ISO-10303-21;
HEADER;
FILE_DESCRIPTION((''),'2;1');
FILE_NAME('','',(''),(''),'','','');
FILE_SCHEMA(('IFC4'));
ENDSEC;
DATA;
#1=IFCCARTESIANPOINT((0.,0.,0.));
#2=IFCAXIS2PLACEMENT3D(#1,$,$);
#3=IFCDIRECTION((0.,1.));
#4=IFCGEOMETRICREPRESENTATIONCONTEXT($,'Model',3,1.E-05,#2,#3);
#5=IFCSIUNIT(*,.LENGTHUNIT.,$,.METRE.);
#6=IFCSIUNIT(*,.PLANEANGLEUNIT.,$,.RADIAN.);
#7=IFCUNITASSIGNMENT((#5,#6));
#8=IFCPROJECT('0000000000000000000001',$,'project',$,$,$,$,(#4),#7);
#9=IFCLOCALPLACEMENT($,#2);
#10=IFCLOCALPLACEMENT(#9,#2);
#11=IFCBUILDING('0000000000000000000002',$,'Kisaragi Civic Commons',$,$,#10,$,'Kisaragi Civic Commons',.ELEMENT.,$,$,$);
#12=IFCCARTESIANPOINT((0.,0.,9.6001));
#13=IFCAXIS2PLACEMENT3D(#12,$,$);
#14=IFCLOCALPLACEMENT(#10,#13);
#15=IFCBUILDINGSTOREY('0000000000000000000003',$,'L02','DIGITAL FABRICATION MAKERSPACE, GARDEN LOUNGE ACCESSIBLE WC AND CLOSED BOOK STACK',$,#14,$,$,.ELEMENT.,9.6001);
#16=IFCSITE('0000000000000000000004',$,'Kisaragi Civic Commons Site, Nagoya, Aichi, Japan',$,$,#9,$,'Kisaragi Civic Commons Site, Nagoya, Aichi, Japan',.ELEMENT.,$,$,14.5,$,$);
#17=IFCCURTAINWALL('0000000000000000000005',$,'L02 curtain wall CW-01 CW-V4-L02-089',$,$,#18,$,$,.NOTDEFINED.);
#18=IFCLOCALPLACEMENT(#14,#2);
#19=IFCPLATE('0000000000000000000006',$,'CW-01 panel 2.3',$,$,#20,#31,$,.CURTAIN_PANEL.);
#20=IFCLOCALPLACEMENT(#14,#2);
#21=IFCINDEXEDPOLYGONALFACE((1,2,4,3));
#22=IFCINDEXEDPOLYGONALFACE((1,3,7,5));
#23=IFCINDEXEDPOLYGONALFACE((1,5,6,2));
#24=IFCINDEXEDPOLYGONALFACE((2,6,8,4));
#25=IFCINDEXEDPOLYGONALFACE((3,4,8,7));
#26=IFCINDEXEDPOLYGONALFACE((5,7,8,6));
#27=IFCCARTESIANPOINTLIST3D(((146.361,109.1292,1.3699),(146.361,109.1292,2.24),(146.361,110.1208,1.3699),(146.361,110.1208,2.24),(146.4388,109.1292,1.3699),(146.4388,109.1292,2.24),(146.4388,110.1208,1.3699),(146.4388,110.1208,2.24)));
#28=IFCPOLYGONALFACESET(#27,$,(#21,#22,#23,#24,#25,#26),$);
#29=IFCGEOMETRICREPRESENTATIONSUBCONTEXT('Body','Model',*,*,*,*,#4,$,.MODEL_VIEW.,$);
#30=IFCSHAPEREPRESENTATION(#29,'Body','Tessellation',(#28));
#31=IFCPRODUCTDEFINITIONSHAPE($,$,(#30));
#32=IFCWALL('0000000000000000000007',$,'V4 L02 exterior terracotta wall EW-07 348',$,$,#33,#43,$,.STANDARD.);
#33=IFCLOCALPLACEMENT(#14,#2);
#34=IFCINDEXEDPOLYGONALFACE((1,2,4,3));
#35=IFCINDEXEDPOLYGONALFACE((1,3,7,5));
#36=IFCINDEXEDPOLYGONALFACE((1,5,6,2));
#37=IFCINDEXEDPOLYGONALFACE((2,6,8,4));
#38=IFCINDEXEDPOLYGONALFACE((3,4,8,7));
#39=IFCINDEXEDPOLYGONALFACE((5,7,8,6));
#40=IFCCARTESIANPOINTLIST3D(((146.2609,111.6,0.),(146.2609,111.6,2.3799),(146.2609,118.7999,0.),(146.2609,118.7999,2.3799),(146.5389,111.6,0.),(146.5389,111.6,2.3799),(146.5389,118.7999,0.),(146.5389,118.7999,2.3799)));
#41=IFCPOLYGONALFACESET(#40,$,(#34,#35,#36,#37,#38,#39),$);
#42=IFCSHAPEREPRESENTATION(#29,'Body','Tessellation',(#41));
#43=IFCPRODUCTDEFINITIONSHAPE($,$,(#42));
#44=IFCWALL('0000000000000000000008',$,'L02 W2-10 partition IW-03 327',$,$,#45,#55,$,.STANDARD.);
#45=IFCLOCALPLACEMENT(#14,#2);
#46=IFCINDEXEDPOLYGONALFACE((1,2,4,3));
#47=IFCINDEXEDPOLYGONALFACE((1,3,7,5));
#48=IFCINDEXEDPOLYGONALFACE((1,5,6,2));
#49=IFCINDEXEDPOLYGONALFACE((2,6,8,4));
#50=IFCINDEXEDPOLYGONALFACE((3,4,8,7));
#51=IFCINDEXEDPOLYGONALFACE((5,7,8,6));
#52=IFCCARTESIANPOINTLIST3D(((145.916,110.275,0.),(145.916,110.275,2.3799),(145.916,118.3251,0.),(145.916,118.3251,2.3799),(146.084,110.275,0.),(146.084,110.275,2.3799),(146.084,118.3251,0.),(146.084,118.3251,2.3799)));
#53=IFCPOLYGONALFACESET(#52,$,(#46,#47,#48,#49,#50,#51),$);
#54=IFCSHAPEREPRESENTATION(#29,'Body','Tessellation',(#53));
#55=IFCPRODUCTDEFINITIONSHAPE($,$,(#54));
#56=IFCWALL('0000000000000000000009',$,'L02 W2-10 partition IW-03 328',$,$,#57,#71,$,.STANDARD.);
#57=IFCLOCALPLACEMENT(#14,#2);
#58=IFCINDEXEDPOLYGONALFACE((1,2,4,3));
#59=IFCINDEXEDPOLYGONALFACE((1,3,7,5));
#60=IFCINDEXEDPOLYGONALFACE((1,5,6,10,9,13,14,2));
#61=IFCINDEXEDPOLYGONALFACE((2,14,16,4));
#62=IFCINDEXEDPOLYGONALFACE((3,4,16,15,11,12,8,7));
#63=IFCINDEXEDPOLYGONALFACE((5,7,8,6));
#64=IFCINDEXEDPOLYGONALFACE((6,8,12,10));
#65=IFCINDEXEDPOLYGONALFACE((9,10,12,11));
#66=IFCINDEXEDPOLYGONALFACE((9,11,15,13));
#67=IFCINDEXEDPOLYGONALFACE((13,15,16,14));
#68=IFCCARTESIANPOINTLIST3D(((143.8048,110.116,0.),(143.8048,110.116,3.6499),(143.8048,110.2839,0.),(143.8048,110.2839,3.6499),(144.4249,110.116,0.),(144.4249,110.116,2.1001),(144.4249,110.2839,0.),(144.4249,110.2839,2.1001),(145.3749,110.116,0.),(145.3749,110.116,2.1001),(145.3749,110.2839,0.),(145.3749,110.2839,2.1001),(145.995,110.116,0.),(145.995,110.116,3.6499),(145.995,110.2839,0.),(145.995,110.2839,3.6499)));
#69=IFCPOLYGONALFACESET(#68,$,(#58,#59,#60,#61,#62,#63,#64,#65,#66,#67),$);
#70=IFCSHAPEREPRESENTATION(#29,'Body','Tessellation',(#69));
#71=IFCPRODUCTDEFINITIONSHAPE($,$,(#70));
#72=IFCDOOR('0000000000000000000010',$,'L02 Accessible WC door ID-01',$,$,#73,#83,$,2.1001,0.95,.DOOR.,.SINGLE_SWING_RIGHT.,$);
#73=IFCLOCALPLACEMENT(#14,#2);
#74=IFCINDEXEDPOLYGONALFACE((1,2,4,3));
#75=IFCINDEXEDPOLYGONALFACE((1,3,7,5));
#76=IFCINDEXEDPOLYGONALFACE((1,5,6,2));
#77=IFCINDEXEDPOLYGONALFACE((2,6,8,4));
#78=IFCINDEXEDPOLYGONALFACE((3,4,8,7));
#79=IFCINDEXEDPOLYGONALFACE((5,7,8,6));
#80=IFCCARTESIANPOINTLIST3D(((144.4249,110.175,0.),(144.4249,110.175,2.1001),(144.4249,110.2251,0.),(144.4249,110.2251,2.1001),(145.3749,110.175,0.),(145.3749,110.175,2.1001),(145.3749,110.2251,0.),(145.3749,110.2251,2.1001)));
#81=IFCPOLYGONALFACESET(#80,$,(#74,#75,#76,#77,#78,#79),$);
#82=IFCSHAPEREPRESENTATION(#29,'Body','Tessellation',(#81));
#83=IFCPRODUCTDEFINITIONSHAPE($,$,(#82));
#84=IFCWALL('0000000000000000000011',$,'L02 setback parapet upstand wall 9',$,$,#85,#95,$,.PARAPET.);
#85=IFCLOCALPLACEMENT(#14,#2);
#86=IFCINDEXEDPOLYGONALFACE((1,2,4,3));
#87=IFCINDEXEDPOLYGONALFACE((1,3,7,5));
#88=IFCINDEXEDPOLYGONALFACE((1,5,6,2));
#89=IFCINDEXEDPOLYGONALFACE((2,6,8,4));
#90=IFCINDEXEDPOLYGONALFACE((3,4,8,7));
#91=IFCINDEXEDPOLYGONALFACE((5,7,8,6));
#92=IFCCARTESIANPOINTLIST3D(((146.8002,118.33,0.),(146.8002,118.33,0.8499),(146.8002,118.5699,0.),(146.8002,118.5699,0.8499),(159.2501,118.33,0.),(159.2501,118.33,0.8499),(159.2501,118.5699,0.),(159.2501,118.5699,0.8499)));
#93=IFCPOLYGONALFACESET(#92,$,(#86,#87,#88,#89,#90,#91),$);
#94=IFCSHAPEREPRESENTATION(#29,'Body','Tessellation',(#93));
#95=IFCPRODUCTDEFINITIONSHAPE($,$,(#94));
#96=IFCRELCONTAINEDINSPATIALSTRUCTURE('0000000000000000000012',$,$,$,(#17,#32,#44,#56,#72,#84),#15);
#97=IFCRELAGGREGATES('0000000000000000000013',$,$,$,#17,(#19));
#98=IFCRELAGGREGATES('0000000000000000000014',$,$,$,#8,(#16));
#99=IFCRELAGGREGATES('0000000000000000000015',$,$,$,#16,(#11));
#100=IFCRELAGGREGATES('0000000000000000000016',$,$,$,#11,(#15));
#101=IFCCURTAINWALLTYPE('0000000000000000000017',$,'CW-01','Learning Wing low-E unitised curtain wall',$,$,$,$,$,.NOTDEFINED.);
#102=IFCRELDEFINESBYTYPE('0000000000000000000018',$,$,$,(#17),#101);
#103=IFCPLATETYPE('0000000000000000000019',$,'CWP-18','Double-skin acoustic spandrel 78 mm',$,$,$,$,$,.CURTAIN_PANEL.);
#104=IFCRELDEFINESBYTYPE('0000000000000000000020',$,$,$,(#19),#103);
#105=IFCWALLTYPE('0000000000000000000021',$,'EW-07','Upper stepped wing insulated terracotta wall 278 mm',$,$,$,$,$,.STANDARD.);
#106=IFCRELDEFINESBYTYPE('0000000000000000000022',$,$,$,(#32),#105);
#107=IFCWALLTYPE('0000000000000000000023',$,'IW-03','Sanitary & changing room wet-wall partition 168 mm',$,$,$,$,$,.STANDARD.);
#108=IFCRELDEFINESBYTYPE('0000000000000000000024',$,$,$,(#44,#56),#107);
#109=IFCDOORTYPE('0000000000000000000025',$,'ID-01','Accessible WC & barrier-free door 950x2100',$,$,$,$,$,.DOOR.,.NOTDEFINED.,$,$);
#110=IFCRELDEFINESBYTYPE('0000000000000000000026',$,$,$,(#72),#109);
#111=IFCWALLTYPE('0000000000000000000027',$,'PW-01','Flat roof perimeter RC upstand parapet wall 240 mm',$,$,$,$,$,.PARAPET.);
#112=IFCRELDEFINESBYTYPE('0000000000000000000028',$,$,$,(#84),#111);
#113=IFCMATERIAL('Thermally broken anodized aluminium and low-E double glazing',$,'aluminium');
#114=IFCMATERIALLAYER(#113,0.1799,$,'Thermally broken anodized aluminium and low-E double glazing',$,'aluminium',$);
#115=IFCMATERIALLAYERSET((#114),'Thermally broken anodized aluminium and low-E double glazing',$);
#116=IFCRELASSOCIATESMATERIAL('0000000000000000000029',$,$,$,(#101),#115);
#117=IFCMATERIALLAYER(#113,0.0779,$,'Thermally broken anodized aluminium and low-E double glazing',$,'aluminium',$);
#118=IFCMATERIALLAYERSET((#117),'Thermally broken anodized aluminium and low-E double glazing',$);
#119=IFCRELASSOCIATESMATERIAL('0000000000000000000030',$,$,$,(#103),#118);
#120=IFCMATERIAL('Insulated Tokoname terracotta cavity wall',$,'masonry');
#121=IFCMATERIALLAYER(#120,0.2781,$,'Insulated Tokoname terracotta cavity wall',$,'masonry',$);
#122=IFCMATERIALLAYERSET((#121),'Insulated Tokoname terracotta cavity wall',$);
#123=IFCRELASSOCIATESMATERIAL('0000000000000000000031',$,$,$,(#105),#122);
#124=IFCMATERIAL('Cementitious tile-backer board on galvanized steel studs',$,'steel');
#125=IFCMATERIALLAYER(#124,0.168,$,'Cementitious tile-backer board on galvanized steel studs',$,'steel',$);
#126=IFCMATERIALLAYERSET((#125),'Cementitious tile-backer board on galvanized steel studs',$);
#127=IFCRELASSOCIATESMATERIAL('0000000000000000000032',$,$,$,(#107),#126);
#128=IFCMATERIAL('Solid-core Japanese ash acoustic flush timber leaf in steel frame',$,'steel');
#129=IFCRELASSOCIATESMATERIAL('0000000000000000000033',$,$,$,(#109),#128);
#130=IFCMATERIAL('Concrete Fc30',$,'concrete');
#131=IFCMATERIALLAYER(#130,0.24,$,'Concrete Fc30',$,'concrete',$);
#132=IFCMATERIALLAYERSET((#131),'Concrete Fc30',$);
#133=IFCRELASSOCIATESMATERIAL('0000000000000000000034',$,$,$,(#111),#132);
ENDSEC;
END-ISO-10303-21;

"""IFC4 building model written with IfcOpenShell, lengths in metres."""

from ifc_helpers import new_model, si_unit, direction, frame, frame_2d, origin, origin_2d, place, context, subcontext, project, spatial, rectangle, extrude, material, layer, layer_set, type_object, element, fill, aggregate, save


model = new_model("IFC4")

# Units and contexts
model_context = context("Model", 3, precision=1e-05, world=origin(), true_north=direction((0.0, 1.0)))
body_context = subcontext(model_context, "Body", "Model", "MODEL_VIEW")
ifc_project = project(units=[si_unit("LENGTHUNIT", "METRE"), si_unit("PLANEANGLEUNIT", "RADIAN")], contexts=[model_context])

# Site, building, storey
site_placement = place(None, origin())
site = spatial("IfcSite", under=ifc_project, at=site_placement, Name="Kisaragi Civic Commons Site, Nagoya, Aichi, Japan", LongName="Kisaragi Civic Commons Site, Nagoya, Aichi, Japan", CompositionType="ELEMENT", RefElevation=14.5)
building_placement = place(site_placement, origin())
building = spatial("IfcBuilding", under=site, at=building_placement, Name="Kisaragi Civic Commons", LongName="Kisaragi Civic Commons", CompositionType="ELEMENT")
storey_placement = place(building_placement, frame((0.0, 0.0, 9.6001)))
storey = spatial("IfcBuildingStorey", under=building, at=storey_placement, Name="L02", Description="DIGITAL FABRICATION MAKERSPACE, GARDEN LOUNGE ACCESSIBLE WC AND CLOSED BOOK STACK", CompositionType="ELEMENT", Elevation=9.6001)

# Shared definitions
ifc_material_1 = material(Name="Thermally broken anodized aluminium and low-E double glazing", Category="aluminium")
ifc_layer_1 = layer(ifc_material_1, 0.1799, Name="Thermally broken anodized aluminium and low-E double glazing", Category="aluminium")
ifc_layer_set_1 = layer_set([ifc_layer_1], Name="Thermally broken anodized aluminium and low-E double glazing")
curtain_wall_type = type_object("IfcCurtainWallType", Name="CW-01", Description="Learning Wing low-E unitised curtain wall", PredefinedType="NOTDEFINED", material=ifc_layer_set_1)

# Curtain wall
curtain_wall_1_placement = place(storey_placement, origin())
curtain_wall_1 = element("IfcCurtainWall", 1, at=curtain_wall_1_placement, inside=storey, type_object=curtain_wall_type, Name="L02 curtain wall CW-01 CW-V4-L02-089", PredefinedType="NOTDEFINED")

# Shared definitions
ifc_material_2 = material(Name="Concrete Fc30", Category="concrete")

# Plate
ifc_layer_2 = layer(ifc_material_1, 0.0779, Name="Thermally broken anodized aluminium and low-E double glazing", Category="aluminium")
ifc_layer_set_2 = layer_set([ifc_layer_2], Name="Thermally broken anodized aluminium and low-E double glazing")
plate_type_1 = type_object("IfcPlateType", Name="CWP-18", Description="Double-skin acoustic spandrel 78 mm", PredefinedType="CURTAIN_PANEL", material=ifc_layer_set_2)
plate_1_placement = place(storey_placement, frame((146.3999, 109.625, 1.3699), z_axis=(0.0, 0.0, 1.0), x_axis=(0.0, -1.0, 0.0)))
plate_1 = element("IfcPlate", 2, at=plate_1_placement, type_object=plate_type_1, Name="CW-01 panel 2.3", PredefinedType="CURTAIN_PANEL", context=body_context, shape_type="SweptSolid", body=[
    extrude(rectangle(XDim=0.9917, YDim=0.0779, at=origin_2d()), origin(), (0.0, 0.0, 1.0), 0.8701),
])
aggregate(curtain_wall_1, [plate_1])

# Walls
ifc_material_3 = material(Name="Insulated Tokoname terracotta cavity wall", Category="masonry")
ifc_layer_3 = layer(ifc_material_3, 0.2781, Name="Insulated Tokoname terracotta cavity wall", Category="masonry")
ifc_layer_set_3 = layer_set([ifc_layer_3], Name="Insulated Tokoname terracotta cavity wall")
wall_type_1 = type_object("IfcWallType", Name="EW-07", Description="Upper stepped wing insulated terracotta wall 278 mm", PredefinedType="STANDARD", material=ifc_layer_set_3)
wall_1_placement = place(storey_placement, frame((146.3999, 118.8, 0.0), z_axis=(0.0, 0.0, 1.0), x_axis=(0.0, -1.0, 0.0)))
element("IfcWall", 3, at=wall_1_placement, inside=storey, type_object=wall_type_1, Name="V4 L02 exterior terracotta wall EW-07 348", PredefinedType="STANDARD", context=body_context, shape_type="SweptSolid", body=[
    extrude(rectangle(XDim=7.2, YDim=0.2781, at=frame_2d((3.6001, 0.0))), origin(), (0.0, 0.0, 1.0), 2.3799),
])
ifc_material_4 = material(Name="Cementitious tile-backer board on galvanized steel studs", Category="steel")
ifc_layer_4 = layer(ifc_material_4, 0.168, Name="Cementitious tile-backer board on galvanized steel studs", Category="steel")
ifc_layer_set_4 = layer_set([ifc_layer_4], Name="Cementitious tile-backer board on galvanized steel studs")
wall_type_2 = type_object("IfcWallType", Name="IW-03", Description="Sanitary & changing room wet-wall partition 168 mm", PredefinedType="STANDARD", material=ifc_layer_set_4)
wall_2_placement = place(storey_placement, frame((146.0, 118.325, 0.0), z_axis=(0.0, 0.0, 1.0), x_axis=(0.0, -1.0, 0.0)))
element("IfcWall", 4, at=wall_2_placement, inside=storey, type_object=wall_type_2, Name="L02 W2-10 partition IW-03 327", PredefinedType="STANDARD", context=body_context, shape_type="SweptSolid", body=[
    extrude(rectangle(XDim=8.05, YDim=0.168, at=frame_2d((4.0249, 0.0))), origin(), (0.0, 0.0, 1.0), 2.3799),
])

# Wall, opening, door
wall_3_placement = place(storey_placement, frame((145.9951, 110.2, 0.0), z_axis=(0.0, 0.0, 1.0), x_axis=(-1.0, 0.0, 0.0)))
wall_3 = element("IfcWall", 5, at=wall_3_placement, inside=storey, type_object=wall_type_2, Name="L02 W2-10 partition IW-03 328", PredefinedType="STANDARD", context=body_context, shape_type="SweptSolid", body=[
    extrude(rectangle(XDim=2.1902, YDim=0.168, at=frame_2d((1.0952, 0.0))), origin(), (0.0, 0.0, 1.0), 3.6499),
])
opening_placement = place(wall_3_placement, frame((0.6201, 0.0, 0.0)))
opening = element("IfcOpeningElement", 6, at=opening_placement, cuts=wall_3, PredefinedType="OPENING", context=body_context, shape_type="SweptSolid", body=[
    extrude(rectangle(XDim=0.95, YDim=2.1001, at=frame_2d((0.4751, 1.05))), frame((0.0, 0.094, 0.0), z_axis=(0.0, -1.0, 0.0), x_axis=(1.0, 0.0, 0.0)), (0.0, 0.0, 1.0), 0.188),
])
ifc_material_5 = material(Name="Solid-core Japanese ash acoustic flush timber leaf in steel frame", Category="steel")
door_type = type_object("IfcDoorType", Name="ID-01", Description="Accessible WC & barrier-free door 950x2100", OperationType="NOTDEFINED", PredefinedType="DOOR", material=ifc_material_5)
door_placement = place(opening_placement, origin())
door = element("IfcDoor", 7, at=door_placement, inside=storey, type_object=door_type, Name="L02 Accessible WC door ID-01", OperationType="SINGLE_SWING_RIGHT", OverallHeight=2.1001, OverallWidth=0.95, PredefinedType="DOOR", context=body_context, shape_type="SweptSolid", body=[
    extrude(rectangle(XDim=0.95, YDim=2.1001, at=frame_2d((0.4751, 1.05))), frame((0.0, 0.0249, 0.0), z_axis=(0.0, -1.0, 0.0), x_axis=(1.0, 0.0, 0.0)), (0.0, 0.0, 1.0), 0.05),
])
fill(opening, door)

# Wall
ifc_layer_5 = layer(ifc_material_2, 0.24, Name="Concrete Fc30", Category="concrete")
ifc_layer_set_5 = layer_set([ifc_layer_5], Name="Concrete Fc30")
wall_type_3 = type_object("IfcWallType", Name="PW-01", Description="Flat roof perimeter RC upstand parapet wall 240 mm", PredefinedType="PARAPET", material=ifc_layer_set_5)
wall_4_placement = place(storey_placement, frame((146.8, 118.45, 0.0), z_axis=(0.0, 0.0, 1.0), x_axis=(1.0, 0.0, 0.0)))
element("IfcWall", 8, at=wall_4_placement, inside=storey, type_object=wall_type_3, Name="L02 setback parapet upstand wall 9", PredefinedType="PARAPET", context=body_context, shape_type="SweptSolid", body=[
    extrude(rectangle(XDim=12.45, YDim=0.24, at=frame_2d((6.2251, 0.0))), origin(), (0.0, 0.0, 1.0), 0.8499),
])

save(model, "model.ifc")
